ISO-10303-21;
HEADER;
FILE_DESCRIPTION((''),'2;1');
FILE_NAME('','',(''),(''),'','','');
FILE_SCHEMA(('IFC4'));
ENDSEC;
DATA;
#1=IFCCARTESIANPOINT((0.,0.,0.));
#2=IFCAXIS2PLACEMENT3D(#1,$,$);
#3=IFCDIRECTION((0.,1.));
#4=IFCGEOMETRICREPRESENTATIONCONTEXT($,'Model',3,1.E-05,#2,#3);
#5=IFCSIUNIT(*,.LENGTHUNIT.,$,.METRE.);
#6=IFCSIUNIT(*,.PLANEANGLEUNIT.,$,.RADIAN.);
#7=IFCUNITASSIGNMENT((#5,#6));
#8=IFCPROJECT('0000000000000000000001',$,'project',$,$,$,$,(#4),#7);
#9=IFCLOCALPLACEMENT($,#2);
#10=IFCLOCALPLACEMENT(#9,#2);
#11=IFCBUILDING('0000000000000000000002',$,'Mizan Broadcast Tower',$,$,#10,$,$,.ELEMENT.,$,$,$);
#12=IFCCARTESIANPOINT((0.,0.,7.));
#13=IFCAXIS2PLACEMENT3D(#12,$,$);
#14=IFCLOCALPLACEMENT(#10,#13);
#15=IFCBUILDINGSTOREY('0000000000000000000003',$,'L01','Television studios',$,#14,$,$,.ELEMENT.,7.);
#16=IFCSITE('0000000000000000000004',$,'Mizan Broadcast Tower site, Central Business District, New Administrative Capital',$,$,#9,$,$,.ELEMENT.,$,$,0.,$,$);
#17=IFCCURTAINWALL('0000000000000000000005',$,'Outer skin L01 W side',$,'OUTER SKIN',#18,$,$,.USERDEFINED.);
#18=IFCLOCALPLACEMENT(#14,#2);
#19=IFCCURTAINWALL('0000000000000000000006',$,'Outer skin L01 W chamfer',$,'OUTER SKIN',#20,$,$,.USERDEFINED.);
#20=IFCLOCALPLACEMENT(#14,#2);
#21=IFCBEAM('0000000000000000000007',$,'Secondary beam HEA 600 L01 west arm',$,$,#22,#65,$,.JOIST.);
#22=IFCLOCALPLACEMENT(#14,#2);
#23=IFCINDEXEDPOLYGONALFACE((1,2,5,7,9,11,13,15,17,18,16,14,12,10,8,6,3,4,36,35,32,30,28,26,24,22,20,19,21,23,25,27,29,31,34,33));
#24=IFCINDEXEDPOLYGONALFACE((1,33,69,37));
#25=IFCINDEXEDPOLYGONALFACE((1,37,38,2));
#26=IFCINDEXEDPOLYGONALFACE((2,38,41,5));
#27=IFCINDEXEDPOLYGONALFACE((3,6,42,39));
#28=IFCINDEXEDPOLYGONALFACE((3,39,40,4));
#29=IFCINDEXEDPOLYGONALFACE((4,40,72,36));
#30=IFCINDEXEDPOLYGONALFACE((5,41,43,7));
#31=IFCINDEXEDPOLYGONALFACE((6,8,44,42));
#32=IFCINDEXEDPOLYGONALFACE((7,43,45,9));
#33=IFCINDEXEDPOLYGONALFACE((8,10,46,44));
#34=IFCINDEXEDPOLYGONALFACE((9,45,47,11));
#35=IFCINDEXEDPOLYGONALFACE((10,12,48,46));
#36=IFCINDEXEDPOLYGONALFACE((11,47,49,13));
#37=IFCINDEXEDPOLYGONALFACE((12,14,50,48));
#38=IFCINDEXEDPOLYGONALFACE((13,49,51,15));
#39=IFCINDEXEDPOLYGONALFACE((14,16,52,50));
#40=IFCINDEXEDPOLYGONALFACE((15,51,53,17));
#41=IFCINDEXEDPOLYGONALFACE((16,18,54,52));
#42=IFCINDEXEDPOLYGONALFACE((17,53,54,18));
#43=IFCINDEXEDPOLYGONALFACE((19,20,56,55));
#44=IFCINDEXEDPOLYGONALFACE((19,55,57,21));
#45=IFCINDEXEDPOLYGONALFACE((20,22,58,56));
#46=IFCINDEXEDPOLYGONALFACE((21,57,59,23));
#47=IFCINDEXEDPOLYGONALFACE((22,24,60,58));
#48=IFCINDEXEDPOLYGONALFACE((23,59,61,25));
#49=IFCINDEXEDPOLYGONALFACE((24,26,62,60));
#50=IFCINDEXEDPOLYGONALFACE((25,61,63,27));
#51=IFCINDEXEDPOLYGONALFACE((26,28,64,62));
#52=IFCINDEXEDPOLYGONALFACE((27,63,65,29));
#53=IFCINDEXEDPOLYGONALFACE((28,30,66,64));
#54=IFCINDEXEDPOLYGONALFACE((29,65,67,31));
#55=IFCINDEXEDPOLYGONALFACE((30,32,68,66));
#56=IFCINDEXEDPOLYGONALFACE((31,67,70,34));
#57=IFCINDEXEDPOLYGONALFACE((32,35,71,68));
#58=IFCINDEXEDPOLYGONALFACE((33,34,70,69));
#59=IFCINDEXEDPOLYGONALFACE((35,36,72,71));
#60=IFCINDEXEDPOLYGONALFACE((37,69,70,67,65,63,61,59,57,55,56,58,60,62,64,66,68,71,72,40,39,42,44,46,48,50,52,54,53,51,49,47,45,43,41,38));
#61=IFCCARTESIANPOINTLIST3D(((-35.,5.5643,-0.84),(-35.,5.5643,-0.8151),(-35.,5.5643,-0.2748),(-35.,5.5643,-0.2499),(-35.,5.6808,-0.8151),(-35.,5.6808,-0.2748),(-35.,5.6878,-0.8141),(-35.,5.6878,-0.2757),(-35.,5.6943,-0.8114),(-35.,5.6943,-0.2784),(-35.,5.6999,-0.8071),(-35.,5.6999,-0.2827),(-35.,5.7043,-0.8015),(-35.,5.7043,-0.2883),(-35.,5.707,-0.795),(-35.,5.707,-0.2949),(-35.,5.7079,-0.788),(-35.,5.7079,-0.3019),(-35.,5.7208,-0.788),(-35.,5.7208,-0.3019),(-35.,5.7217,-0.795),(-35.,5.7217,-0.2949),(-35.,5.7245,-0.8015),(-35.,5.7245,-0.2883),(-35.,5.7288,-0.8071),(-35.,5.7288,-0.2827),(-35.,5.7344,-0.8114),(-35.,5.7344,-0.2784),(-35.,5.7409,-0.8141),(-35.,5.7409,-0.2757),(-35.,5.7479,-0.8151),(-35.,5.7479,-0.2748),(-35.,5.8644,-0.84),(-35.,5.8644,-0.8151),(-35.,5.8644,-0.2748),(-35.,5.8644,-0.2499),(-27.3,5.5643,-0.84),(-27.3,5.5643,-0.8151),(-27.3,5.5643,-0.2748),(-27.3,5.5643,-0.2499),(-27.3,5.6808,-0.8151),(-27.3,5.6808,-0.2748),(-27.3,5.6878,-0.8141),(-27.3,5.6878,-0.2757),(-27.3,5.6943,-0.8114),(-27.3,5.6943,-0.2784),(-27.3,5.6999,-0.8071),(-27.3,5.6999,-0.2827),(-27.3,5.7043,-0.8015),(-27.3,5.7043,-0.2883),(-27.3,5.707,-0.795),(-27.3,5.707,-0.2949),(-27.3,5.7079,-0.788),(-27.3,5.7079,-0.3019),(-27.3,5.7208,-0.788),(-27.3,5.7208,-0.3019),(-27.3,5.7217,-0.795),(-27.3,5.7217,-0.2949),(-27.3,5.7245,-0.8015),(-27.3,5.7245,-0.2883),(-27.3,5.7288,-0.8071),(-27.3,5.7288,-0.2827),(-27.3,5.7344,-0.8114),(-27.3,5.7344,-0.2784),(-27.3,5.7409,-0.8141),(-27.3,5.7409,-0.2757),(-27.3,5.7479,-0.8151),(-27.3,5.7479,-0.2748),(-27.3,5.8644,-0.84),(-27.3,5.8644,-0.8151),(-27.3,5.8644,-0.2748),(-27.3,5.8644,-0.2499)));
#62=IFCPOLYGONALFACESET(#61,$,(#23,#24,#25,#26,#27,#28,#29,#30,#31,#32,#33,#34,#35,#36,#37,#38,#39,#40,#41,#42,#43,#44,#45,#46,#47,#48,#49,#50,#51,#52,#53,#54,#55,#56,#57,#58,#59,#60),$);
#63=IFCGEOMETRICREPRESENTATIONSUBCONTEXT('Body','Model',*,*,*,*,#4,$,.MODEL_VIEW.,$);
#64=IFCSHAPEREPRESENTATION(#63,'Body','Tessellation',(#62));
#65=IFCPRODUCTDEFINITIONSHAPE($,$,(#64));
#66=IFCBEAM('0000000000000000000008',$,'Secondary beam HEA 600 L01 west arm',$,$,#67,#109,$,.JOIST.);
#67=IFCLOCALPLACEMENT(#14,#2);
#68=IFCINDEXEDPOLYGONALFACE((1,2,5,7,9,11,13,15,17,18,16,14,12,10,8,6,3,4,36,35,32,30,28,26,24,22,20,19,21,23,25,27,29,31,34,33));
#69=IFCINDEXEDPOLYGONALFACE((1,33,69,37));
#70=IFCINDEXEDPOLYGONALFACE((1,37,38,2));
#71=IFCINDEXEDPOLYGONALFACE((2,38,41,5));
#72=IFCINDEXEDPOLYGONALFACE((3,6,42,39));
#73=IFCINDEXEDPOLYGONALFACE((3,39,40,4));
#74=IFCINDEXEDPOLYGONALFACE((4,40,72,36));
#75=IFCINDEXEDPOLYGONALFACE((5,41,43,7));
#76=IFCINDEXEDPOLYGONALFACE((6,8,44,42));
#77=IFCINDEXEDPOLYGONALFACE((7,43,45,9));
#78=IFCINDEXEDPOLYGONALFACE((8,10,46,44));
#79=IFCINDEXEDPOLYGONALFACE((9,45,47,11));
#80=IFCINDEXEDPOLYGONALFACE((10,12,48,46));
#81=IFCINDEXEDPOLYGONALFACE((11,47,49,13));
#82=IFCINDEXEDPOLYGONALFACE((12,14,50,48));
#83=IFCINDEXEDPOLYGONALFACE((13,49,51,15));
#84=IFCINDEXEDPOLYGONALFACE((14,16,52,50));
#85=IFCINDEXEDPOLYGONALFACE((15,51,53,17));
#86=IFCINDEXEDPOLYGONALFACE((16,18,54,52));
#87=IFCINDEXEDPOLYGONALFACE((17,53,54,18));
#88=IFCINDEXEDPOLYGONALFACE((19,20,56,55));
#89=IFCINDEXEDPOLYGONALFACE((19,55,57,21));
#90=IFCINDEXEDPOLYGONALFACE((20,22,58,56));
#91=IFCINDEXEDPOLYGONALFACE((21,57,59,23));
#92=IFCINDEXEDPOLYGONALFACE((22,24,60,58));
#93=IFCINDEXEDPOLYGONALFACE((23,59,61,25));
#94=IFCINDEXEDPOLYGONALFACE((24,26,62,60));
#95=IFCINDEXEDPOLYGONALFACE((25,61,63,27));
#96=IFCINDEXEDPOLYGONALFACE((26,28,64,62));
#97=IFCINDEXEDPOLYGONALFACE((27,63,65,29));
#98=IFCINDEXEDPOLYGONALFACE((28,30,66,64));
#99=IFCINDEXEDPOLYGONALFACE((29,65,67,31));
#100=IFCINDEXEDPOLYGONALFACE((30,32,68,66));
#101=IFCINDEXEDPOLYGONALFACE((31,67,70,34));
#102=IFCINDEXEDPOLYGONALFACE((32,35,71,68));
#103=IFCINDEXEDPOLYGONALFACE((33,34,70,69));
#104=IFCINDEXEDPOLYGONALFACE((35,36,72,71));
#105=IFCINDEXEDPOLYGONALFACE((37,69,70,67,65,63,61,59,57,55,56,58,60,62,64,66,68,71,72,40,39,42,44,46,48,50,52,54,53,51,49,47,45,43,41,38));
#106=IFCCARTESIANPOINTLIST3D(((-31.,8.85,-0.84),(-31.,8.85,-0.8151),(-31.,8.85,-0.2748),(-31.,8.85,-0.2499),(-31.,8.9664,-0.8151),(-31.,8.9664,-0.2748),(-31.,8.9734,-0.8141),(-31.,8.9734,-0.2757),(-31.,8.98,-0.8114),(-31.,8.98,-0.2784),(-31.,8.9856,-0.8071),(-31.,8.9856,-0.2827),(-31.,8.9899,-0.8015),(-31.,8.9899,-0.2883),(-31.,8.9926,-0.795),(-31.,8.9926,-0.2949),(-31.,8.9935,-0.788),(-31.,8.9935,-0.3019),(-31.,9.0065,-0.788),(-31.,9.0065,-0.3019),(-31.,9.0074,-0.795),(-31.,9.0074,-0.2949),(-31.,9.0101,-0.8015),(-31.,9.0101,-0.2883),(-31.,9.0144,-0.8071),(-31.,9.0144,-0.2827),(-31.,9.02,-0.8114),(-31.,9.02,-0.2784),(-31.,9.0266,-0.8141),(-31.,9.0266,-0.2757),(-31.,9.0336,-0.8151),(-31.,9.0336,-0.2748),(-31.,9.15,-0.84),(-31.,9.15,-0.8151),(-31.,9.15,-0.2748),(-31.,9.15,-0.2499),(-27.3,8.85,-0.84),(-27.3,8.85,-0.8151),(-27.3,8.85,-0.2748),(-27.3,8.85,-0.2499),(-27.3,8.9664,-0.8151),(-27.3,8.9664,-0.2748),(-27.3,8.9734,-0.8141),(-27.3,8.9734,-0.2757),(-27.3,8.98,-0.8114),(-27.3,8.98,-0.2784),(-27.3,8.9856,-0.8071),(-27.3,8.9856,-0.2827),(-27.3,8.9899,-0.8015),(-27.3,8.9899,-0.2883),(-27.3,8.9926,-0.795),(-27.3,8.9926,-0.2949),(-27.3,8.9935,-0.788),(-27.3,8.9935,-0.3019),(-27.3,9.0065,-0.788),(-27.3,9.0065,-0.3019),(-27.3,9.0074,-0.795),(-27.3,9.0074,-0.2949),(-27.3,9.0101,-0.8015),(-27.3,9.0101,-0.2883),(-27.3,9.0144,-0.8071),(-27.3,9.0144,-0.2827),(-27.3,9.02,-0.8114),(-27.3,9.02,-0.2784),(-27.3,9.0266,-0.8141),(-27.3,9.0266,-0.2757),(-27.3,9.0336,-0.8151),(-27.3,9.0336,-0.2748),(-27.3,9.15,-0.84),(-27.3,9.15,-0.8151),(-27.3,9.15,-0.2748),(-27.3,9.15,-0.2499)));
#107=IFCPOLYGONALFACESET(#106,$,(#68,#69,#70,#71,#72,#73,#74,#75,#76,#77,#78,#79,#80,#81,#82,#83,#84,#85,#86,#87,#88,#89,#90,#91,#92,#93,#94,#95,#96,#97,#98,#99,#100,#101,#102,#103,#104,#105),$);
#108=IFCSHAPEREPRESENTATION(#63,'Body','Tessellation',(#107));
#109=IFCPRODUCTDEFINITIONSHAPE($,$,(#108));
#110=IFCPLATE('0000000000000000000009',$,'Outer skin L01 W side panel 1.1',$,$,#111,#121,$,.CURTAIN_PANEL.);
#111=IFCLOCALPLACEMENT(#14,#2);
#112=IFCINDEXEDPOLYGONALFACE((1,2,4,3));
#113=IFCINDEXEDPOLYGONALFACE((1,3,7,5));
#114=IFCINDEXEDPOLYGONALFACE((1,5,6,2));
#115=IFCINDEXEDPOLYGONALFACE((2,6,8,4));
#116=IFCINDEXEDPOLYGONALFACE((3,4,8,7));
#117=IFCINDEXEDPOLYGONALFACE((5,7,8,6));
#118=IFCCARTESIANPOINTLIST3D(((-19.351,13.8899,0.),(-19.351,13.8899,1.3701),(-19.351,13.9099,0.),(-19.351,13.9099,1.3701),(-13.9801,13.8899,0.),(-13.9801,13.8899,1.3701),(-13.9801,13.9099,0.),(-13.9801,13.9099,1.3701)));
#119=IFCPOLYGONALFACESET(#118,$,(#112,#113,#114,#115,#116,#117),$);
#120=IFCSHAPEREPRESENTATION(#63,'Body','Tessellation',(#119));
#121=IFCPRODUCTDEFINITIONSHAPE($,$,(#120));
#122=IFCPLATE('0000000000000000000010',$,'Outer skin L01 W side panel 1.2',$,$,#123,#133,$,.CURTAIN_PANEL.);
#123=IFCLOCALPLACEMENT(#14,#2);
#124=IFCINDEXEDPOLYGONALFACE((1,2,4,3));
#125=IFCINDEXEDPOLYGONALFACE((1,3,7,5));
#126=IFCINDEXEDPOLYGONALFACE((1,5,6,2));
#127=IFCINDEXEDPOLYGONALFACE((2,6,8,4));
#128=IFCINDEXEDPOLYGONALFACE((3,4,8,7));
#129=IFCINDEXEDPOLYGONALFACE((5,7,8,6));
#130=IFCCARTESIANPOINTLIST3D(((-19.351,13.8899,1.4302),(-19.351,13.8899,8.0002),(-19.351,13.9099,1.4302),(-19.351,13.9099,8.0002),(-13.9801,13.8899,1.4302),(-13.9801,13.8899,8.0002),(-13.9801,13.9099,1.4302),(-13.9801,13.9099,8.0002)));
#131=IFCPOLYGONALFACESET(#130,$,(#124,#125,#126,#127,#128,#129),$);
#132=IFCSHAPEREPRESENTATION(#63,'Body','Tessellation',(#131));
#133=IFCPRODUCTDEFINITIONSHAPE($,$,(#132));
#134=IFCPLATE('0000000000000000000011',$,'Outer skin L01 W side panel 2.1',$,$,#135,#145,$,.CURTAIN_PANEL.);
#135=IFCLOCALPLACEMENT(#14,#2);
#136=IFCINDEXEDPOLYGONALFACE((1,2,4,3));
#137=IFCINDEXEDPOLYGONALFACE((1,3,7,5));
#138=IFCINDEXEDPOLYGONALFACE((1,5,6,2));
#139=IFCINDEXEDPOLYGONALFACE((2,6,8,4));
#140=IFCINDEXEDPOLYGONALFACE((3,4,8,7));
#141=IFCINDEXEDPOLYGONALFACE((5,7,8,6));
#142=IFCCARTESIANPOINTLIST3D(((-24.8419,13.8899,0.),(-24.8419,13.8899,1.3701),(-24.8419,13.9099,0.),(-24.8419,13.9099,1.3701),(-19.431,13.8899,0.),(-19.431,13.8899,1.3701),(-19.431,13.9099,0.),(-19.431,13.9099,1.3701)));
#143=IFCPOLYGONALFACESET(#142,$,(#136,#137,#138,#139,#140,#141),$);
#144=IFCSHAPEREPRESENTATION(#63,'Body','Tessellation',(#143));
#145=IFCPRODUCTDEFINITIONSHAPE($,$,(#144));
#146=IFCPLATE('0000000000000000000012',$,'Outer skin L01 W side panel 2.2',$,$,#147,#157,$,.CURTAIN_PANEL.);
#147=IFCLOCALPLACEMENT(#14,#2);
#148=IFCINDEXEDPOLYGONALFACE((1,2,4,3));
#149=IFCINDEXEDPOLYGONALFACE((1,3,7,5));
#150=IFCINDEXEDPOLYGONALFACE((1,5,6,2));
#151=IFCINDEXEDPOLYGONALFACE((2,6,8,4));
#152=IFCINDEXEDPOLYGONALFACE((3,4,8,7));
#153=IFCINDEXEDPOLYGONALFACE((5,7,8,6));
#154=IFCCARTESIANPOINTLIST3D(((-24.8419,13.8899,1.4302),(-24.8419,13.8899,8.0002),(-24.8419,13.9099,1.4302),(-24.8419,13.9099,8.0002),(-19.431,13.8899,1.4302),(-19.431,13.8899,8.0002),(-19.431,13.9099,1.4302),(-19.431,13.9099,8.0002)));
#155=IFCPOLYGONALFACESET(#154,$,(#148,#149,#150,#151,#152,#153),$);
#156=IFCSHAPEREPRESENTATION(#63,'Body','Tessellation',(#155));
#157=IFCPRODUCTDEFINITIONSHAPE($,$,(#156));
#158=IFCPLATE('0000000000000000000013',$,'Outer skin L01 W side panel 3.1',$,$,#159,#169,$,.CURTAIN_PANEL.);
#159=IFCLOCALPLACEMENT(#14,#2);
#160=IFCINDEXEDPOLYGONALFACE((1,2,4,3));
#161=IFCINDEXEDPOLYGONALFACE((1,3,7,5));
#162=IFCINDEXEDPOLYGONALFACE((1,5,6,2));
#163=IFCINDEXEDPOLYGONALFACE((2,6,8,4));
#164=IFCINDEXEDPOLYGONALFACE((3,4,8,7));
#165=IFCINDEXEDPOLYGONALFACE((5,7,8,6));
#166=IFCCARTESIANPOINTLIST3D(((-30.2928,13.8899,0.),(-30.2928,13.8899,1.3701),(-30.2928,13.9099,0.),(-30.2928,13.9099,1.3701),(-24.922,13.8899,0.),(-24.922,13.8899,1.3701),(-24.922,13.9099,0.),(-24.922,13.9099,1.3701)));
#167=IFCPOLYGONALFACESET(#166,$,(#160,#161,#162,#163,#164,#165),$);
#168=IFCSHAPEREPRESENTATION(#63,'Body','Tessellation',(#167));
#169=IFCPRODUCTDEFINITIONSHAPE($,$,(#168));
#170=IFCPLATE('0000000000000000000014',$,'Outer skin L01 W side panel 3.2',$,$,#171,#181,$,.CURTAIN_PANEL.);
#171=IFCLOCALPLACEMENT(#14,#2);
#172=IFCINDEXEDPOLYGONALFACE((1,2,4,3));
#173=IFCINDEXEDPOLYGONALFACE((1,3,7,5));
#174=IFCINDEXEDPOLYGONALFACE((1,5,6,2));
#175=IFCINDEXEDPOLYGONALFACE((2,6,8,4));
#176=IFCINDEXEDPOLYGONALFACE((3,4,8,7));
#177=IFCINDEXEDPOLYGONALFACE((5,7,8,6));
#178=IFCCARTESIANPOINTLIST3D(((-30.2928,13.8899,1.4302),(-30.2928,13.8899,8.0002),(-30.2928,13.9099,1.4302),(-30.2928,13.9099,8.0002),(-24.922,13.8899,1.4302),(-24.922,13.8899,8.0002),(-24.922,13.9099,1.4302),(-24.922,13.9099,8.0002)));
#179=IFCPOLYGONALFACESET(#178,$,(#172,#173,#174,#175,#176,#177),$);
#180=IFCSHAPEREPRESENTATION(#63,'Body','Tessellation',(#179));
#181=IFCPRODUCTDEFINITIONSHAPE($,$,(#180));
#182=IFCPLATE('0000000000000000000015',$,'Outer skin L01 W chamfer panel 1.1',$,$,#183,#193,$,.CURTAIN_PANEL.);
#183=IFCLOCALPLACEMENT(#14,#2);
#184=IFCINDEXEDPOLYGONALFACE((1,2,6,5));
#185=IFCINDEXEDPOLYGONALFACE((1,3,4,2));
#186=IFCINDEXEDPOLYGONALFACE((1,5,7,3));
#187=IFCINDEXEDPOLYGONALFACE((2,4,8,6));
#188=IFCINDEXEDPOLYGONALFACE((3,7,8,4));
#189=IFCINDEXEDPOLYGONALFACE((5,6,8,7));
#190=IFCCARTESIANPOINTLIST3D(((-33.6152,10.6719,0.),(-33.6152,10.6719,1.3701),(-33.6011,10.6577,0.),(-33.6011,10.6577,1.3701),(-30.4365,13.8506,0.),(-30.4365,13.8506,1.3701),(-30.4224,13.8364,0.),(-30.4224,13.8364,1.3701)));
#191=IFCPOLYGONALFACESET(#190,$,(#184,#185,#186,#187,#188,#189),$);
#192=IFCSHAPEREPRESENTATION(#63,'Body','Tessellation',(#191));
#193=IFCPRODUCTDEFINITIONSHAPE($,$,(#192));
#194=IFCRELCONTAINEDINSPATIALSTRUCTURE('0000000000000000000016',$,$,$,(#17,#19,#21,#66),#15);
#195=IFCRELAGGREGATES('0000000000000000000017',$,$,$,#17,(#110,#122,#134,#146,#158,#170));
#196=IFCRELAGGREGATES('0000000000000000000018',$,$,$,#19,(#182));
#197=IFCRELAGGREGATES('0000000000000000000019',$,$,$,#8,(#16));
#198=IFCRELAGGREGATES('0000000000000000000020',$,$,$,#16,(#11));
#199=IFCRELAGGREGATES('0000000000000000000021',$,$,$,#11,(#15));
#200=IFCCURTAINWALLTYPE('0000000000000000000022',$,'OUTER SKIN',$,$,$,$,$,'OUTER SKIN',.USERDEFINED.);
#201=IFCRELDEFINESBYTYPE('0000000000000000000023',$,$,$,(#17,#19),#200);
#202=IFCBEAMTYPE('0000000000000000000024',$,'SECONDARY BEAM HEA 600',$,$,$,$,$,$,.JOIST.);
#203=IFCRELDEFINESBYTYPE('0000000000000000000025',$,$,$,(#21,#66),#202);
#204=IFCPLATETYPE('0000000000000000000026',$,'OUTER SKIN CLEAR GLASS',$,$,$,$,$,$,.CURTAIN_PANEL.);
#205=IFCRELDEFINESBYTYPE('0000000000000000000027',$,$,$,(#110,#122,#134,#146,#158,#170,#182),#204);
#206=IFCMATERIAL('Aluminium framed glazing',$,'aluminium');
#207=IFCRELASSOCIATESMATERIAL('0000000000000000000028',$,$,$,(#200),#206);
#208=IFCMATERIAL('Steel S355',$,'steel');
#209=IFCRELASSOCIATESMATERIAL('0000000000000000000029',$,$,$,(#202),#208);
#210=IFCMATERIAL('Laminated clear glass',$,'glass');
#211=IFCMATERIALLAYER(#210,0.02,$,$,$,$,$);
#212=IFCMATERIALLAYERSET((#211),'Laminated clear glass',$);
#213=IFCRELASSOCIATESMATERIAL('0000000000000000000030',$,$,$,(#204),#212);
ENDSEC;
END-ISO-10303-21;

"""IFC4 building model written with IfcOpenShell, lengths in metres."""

from ifc_helpers import new_model, si_unit, direction, frame, origin, origin_2d, place, context, subcontext, project, spatial, rectangle, i_section, extrude, material, layer, layer_set, material_profile, profile_set, type_object, element, aggregate, save


model = new_model("IFC4")

# Units and contexts
model_context = context("Model", 3, precision=1e-05, world=origin(), true_north=direction((0.0, 1.0)))
body_context = subcontext(model_context, "Body", "Model", "MODEL_VIEW")
ifc_project = project(units=[si_unit("LENGTHUNIT", "METRE"), si_unit("PLANEANGLEUNIT", "RADIAN")], contexts=[model_context])

# Site, building, storey
site_placement = place(None, origin())
site = spatial("IfcSite", under=ifc_project, at=site_placement, Name="Mizan Broadcast Tower site, Central Business District, New Administrative Capital", CompositionType="ELEMENT", RefElevation=0.0)
building_placement = place(site_placement, origin())
building = spatial("IfcBuilding", under=site, at=building_placement, Name="Mizan Broadcast Tower", CompositionType="ELEMENT")
storey_placement = place(building_placement, frame((0.0, 0.0, 7.0)))
storey = spatial("IfcBuildingStorey", under=building, at=storey_placement, Name="L01", Description="Television studios", CompositionType="ELEMENT", Elevation=7.0)

# Shared definitions
ifc_material_1 = material(Name="Aluminium framed glazing", Category="aluminium")
curtain_wall_type_1 = type_object("IfcCurtainWallType", Name="OUTER SKIN", ElementType="OUTER SKIN", PredefinedType="USERDEFINED", material=ifc_material_1)

# Curtain walls
curtain_wall_1_placement = place(storey_placement, origin())
curtain_wall_1 = element("IfcCurtainWall", 1, at=curtain_wall_1_placement, inside=storey, type_object=curtain_wall_type_1, Name="Outer skin L01 W side", ObjectType="OUTER SKIN", PredefinedType="USERDEFINED")
curtain_wall_2_placement = place(storey_placement, origin())
curtain_wall_2 = element("IfcCurtainWall", 2, at=curtain_wall_2_placement, inside=storey, type_object=curtain_wall_type_1, Name="Outer skin L01 W chamfer", ObjectType="OUTER SKIN", PredefinedType="USERDEFINED")

# Beams
ifc_material_2 = material(Name="Steel S355", Category="steel")
ifc_material_profile_1 = material_profile(ifc_material_2, i_section(OverallWidth=0.3, OverallDepth=0.5901, WebThickness=0.0129, FlangeThickness=0.0249, FilletRadius=0.0271, at=origin_2d()), Name="HEA 600")
ifc_profile_set_1 = profile_set([ifc_material_profile_1], Name="Steel S355")
beam_type_1 = type_object("IfcBeamType", Name="SECONDARY BEAM HEA 600", PredefinedType="JOIST", material=ifc_profile_set_1)
beam_1_placement = place(storey_placement, frame((-27.3, 5.7144, -0.5449), z_axis=(-1.0, 0.0, 0.0), x_axis=(0.0, -1.0, 0.0)))
element("IfcBeam", 3, at=beam_1_placement, inside=storey, type_object=beam_type_1, Name="Secondary beam HEA 600 L01 west arm", PredefinedType="JOIST", context=body_context, shape_type="SweptSolid", body=[
    extrude(i_section(OverallWidth=0.3, OverallDepth=0.5901, WebThickness=0.0129, FlangeThickness=0.0249, FilletRadius=0.0271, at=origin_2d()), origin(), (0.0, 0.0, 1.0), 7.7),
])
beam_2_placement = place(storey_placement, frame((-27.3, 9.0, -0.5449), z_axis=(-1.0, 0.0, 0.0), x_axis=(0.0, -1.0, 0.0)))
element("IfcBeam", 4, at=beam_2_placement, inside=storey, type_object=beam_type_1, Name="Secondary beam HEA 600 L01 west arm", PredefinedType="JOIST", context=body_context, shape_type="SweptSolid", body=[
    extrude(i_section(OverallWidth=0.3, OverallDepth=0.5901, WebThickness=0.0129, FlangeThickness=0.0249, FilletRadius=0.0271, at=origin_2d()), origin(), (0.0, 0.0, 1.0), 3.7),
])

# Plates
ifc_material_3 = material(Name="Laminated clear glass", Category="glass")
ifc_layer_1 = layer(ifc_material_3, 0.02)
ifc_layer_set_1 = layer_set([ifc_layer_1], Name="Laminated clear glass")
plate_type_1 = type_object("IfcPlateType", Name="OUTER SKIN CLEAR GLASS", PredefinedType="CURTAIN_PANEL", material=ifc_layer_set_1)
plate_1_placement = place(storey_placement, frame((-16.6655, 13.8999, 0.0), z_axis=(0.0, 0.0, 1.0), x_axis=(-1.0, 0.0, 0.0)))
plate_1 = element("IfcPlate", 5, at=plate_1_placement, type_object=plate_type_1, Name="Outer skin L01 W side panel 1.1", PredefinedType="CURTAIN_PANEL", context=body_context, shape_type="SweptSolid", body=[
    extrude(rectangle(XDim=5.3708, YDim=0.02, at=origin_2d()), origin(), (0.0, 0.0, 1.0), 1.3701),
])
plate_2_placement = place(storey_placement, frame((-16.6655, 13.8999, 1.4302), z_axis=(0.0, 0.0, 1.0), x_axis=(-1.0, 0.0, 0.0)))
plate_2 = element("IfcPlate", 6, at=plate_2_placement, type_object=plate_type_1, Name="Outer skin L01 W side panel 1.2", PredefinedType="CURTAIN_PANEL", context=body_context, shape_type="SweptSolid", body=[
    extrude(rectangle(XDim=5.3708, YDim=0.02, at=origin_2d()), origin(), (0.0, 0.0, 1.0), 6.5701),
])
plate_3_placement = place(storey_placement, frame((-22.1365, 13.8999, 0.0), z_axis=(0.0, 0.0, 1.0), x_axis=(-1.0, 0.0, 0.0)))
plate_3 = element("IfcPlate", 7, at=plate_3_placement, type_object=plate_type_1, Name="Outer skin L01 W side panel 2.1", PredefinedType="CURTAIN_PANEL", context=body_context, shape_type="SweptSolid", body=[
    extrude(rectangle(XDim=5.4109, YDim=0.02, at=origin_2d()), origin(), (0.0, 0.0, 1.0), 1.3701),
])
plate_4_placement = place(storey_placement, frame((-22.1365, 13.8999, 1.4302), z_axis=(0.0, 0.0, 1.0), x_axis=(-1.0, 0.0, 0.0)))
plate_4 = element("IfcPlate", 8, at=plate_4_placement, type_object=plate_type_1, Name="Outer skin L01 W side panel 2.2", PredefinedType="CURTAIN_PANEL", context=body_context, shape_type="SweptSolid", body=[
    extrude(rectangle(XDim=5.4109, YDim=0.02, at=origin_2d()), origin(), (0.0, 0.0, 1.0), 6.5701),
])
plate_5_placement = place(storey_placement, frame((-27.6074, 13.8999, 0.0), z_axis=(0.0, 0.0, 1.0), x_axis=(-1.0, 0.0, 0.0)))
plate_5 = element("IfcPlate", 9, at=plate_5_placement, type_object=plate_type_1, Name="Outer skin L01 W side panel 3.1", PredefinedType="CURTAIN_PANEL", context=body_context, shape_type="SweptSolid", body=[
    extrude(rectangle(XDim=5.3708, YDim=0.02, at=origin_2d()), origin(), (0.0, 0.0, 1.0), 1.3701),
])
plate_6_placement = place(storey_placement, frame((-27.6074, 13.8999, 1.4302), z_axis=(0.0, 0.0, 1.0), x_axis=(-1.0, 0.0, 0.0)))
plate_6 = element("IfcPlate", 10, at=plate_6_placement, type_object=plate_type_1, Name="Outer skin L01 W side panel 3.2", PredefinedType="CURTAIN_PANEL", context=body_context, shape_type="SweptSolid", body=[
    extrude(rectangle(XDim=5.3708, YDim=0.02, at=origin_2d()), origin(), (0.0, 0.0, 1.0), 6.5701),
])
aggregate(curtain_wall_1, [plate_1, plate_2, plate_3, plate_4, plate_5, plate_6])
plate_7_placement = place(storey_placement, frame((-32.0188, 12.2542, 0.0), z_axis=(0.0, 0.0, 1.0), x_axis=(-0.707107, -0.707107, 0.0)))
plate_7 = element("IfcPlate", 11, at=plate_7_placement, type_object=plate_type_1, Name="Outer skin L01 W chamfer panel 1.1", PredefinedType="CURTAIN_PANEL", context=body_context, shape_type="SweptSolid", body=[
    extrude(rectangle(XDim=4.4954, YDim=0.02, at=origin_2d()), origin(), (0.0, 0.0, 1.0), 1.3701),
])
aggregate(curtain_wall_2, [plate_7])

save(model, "model.ifc")
